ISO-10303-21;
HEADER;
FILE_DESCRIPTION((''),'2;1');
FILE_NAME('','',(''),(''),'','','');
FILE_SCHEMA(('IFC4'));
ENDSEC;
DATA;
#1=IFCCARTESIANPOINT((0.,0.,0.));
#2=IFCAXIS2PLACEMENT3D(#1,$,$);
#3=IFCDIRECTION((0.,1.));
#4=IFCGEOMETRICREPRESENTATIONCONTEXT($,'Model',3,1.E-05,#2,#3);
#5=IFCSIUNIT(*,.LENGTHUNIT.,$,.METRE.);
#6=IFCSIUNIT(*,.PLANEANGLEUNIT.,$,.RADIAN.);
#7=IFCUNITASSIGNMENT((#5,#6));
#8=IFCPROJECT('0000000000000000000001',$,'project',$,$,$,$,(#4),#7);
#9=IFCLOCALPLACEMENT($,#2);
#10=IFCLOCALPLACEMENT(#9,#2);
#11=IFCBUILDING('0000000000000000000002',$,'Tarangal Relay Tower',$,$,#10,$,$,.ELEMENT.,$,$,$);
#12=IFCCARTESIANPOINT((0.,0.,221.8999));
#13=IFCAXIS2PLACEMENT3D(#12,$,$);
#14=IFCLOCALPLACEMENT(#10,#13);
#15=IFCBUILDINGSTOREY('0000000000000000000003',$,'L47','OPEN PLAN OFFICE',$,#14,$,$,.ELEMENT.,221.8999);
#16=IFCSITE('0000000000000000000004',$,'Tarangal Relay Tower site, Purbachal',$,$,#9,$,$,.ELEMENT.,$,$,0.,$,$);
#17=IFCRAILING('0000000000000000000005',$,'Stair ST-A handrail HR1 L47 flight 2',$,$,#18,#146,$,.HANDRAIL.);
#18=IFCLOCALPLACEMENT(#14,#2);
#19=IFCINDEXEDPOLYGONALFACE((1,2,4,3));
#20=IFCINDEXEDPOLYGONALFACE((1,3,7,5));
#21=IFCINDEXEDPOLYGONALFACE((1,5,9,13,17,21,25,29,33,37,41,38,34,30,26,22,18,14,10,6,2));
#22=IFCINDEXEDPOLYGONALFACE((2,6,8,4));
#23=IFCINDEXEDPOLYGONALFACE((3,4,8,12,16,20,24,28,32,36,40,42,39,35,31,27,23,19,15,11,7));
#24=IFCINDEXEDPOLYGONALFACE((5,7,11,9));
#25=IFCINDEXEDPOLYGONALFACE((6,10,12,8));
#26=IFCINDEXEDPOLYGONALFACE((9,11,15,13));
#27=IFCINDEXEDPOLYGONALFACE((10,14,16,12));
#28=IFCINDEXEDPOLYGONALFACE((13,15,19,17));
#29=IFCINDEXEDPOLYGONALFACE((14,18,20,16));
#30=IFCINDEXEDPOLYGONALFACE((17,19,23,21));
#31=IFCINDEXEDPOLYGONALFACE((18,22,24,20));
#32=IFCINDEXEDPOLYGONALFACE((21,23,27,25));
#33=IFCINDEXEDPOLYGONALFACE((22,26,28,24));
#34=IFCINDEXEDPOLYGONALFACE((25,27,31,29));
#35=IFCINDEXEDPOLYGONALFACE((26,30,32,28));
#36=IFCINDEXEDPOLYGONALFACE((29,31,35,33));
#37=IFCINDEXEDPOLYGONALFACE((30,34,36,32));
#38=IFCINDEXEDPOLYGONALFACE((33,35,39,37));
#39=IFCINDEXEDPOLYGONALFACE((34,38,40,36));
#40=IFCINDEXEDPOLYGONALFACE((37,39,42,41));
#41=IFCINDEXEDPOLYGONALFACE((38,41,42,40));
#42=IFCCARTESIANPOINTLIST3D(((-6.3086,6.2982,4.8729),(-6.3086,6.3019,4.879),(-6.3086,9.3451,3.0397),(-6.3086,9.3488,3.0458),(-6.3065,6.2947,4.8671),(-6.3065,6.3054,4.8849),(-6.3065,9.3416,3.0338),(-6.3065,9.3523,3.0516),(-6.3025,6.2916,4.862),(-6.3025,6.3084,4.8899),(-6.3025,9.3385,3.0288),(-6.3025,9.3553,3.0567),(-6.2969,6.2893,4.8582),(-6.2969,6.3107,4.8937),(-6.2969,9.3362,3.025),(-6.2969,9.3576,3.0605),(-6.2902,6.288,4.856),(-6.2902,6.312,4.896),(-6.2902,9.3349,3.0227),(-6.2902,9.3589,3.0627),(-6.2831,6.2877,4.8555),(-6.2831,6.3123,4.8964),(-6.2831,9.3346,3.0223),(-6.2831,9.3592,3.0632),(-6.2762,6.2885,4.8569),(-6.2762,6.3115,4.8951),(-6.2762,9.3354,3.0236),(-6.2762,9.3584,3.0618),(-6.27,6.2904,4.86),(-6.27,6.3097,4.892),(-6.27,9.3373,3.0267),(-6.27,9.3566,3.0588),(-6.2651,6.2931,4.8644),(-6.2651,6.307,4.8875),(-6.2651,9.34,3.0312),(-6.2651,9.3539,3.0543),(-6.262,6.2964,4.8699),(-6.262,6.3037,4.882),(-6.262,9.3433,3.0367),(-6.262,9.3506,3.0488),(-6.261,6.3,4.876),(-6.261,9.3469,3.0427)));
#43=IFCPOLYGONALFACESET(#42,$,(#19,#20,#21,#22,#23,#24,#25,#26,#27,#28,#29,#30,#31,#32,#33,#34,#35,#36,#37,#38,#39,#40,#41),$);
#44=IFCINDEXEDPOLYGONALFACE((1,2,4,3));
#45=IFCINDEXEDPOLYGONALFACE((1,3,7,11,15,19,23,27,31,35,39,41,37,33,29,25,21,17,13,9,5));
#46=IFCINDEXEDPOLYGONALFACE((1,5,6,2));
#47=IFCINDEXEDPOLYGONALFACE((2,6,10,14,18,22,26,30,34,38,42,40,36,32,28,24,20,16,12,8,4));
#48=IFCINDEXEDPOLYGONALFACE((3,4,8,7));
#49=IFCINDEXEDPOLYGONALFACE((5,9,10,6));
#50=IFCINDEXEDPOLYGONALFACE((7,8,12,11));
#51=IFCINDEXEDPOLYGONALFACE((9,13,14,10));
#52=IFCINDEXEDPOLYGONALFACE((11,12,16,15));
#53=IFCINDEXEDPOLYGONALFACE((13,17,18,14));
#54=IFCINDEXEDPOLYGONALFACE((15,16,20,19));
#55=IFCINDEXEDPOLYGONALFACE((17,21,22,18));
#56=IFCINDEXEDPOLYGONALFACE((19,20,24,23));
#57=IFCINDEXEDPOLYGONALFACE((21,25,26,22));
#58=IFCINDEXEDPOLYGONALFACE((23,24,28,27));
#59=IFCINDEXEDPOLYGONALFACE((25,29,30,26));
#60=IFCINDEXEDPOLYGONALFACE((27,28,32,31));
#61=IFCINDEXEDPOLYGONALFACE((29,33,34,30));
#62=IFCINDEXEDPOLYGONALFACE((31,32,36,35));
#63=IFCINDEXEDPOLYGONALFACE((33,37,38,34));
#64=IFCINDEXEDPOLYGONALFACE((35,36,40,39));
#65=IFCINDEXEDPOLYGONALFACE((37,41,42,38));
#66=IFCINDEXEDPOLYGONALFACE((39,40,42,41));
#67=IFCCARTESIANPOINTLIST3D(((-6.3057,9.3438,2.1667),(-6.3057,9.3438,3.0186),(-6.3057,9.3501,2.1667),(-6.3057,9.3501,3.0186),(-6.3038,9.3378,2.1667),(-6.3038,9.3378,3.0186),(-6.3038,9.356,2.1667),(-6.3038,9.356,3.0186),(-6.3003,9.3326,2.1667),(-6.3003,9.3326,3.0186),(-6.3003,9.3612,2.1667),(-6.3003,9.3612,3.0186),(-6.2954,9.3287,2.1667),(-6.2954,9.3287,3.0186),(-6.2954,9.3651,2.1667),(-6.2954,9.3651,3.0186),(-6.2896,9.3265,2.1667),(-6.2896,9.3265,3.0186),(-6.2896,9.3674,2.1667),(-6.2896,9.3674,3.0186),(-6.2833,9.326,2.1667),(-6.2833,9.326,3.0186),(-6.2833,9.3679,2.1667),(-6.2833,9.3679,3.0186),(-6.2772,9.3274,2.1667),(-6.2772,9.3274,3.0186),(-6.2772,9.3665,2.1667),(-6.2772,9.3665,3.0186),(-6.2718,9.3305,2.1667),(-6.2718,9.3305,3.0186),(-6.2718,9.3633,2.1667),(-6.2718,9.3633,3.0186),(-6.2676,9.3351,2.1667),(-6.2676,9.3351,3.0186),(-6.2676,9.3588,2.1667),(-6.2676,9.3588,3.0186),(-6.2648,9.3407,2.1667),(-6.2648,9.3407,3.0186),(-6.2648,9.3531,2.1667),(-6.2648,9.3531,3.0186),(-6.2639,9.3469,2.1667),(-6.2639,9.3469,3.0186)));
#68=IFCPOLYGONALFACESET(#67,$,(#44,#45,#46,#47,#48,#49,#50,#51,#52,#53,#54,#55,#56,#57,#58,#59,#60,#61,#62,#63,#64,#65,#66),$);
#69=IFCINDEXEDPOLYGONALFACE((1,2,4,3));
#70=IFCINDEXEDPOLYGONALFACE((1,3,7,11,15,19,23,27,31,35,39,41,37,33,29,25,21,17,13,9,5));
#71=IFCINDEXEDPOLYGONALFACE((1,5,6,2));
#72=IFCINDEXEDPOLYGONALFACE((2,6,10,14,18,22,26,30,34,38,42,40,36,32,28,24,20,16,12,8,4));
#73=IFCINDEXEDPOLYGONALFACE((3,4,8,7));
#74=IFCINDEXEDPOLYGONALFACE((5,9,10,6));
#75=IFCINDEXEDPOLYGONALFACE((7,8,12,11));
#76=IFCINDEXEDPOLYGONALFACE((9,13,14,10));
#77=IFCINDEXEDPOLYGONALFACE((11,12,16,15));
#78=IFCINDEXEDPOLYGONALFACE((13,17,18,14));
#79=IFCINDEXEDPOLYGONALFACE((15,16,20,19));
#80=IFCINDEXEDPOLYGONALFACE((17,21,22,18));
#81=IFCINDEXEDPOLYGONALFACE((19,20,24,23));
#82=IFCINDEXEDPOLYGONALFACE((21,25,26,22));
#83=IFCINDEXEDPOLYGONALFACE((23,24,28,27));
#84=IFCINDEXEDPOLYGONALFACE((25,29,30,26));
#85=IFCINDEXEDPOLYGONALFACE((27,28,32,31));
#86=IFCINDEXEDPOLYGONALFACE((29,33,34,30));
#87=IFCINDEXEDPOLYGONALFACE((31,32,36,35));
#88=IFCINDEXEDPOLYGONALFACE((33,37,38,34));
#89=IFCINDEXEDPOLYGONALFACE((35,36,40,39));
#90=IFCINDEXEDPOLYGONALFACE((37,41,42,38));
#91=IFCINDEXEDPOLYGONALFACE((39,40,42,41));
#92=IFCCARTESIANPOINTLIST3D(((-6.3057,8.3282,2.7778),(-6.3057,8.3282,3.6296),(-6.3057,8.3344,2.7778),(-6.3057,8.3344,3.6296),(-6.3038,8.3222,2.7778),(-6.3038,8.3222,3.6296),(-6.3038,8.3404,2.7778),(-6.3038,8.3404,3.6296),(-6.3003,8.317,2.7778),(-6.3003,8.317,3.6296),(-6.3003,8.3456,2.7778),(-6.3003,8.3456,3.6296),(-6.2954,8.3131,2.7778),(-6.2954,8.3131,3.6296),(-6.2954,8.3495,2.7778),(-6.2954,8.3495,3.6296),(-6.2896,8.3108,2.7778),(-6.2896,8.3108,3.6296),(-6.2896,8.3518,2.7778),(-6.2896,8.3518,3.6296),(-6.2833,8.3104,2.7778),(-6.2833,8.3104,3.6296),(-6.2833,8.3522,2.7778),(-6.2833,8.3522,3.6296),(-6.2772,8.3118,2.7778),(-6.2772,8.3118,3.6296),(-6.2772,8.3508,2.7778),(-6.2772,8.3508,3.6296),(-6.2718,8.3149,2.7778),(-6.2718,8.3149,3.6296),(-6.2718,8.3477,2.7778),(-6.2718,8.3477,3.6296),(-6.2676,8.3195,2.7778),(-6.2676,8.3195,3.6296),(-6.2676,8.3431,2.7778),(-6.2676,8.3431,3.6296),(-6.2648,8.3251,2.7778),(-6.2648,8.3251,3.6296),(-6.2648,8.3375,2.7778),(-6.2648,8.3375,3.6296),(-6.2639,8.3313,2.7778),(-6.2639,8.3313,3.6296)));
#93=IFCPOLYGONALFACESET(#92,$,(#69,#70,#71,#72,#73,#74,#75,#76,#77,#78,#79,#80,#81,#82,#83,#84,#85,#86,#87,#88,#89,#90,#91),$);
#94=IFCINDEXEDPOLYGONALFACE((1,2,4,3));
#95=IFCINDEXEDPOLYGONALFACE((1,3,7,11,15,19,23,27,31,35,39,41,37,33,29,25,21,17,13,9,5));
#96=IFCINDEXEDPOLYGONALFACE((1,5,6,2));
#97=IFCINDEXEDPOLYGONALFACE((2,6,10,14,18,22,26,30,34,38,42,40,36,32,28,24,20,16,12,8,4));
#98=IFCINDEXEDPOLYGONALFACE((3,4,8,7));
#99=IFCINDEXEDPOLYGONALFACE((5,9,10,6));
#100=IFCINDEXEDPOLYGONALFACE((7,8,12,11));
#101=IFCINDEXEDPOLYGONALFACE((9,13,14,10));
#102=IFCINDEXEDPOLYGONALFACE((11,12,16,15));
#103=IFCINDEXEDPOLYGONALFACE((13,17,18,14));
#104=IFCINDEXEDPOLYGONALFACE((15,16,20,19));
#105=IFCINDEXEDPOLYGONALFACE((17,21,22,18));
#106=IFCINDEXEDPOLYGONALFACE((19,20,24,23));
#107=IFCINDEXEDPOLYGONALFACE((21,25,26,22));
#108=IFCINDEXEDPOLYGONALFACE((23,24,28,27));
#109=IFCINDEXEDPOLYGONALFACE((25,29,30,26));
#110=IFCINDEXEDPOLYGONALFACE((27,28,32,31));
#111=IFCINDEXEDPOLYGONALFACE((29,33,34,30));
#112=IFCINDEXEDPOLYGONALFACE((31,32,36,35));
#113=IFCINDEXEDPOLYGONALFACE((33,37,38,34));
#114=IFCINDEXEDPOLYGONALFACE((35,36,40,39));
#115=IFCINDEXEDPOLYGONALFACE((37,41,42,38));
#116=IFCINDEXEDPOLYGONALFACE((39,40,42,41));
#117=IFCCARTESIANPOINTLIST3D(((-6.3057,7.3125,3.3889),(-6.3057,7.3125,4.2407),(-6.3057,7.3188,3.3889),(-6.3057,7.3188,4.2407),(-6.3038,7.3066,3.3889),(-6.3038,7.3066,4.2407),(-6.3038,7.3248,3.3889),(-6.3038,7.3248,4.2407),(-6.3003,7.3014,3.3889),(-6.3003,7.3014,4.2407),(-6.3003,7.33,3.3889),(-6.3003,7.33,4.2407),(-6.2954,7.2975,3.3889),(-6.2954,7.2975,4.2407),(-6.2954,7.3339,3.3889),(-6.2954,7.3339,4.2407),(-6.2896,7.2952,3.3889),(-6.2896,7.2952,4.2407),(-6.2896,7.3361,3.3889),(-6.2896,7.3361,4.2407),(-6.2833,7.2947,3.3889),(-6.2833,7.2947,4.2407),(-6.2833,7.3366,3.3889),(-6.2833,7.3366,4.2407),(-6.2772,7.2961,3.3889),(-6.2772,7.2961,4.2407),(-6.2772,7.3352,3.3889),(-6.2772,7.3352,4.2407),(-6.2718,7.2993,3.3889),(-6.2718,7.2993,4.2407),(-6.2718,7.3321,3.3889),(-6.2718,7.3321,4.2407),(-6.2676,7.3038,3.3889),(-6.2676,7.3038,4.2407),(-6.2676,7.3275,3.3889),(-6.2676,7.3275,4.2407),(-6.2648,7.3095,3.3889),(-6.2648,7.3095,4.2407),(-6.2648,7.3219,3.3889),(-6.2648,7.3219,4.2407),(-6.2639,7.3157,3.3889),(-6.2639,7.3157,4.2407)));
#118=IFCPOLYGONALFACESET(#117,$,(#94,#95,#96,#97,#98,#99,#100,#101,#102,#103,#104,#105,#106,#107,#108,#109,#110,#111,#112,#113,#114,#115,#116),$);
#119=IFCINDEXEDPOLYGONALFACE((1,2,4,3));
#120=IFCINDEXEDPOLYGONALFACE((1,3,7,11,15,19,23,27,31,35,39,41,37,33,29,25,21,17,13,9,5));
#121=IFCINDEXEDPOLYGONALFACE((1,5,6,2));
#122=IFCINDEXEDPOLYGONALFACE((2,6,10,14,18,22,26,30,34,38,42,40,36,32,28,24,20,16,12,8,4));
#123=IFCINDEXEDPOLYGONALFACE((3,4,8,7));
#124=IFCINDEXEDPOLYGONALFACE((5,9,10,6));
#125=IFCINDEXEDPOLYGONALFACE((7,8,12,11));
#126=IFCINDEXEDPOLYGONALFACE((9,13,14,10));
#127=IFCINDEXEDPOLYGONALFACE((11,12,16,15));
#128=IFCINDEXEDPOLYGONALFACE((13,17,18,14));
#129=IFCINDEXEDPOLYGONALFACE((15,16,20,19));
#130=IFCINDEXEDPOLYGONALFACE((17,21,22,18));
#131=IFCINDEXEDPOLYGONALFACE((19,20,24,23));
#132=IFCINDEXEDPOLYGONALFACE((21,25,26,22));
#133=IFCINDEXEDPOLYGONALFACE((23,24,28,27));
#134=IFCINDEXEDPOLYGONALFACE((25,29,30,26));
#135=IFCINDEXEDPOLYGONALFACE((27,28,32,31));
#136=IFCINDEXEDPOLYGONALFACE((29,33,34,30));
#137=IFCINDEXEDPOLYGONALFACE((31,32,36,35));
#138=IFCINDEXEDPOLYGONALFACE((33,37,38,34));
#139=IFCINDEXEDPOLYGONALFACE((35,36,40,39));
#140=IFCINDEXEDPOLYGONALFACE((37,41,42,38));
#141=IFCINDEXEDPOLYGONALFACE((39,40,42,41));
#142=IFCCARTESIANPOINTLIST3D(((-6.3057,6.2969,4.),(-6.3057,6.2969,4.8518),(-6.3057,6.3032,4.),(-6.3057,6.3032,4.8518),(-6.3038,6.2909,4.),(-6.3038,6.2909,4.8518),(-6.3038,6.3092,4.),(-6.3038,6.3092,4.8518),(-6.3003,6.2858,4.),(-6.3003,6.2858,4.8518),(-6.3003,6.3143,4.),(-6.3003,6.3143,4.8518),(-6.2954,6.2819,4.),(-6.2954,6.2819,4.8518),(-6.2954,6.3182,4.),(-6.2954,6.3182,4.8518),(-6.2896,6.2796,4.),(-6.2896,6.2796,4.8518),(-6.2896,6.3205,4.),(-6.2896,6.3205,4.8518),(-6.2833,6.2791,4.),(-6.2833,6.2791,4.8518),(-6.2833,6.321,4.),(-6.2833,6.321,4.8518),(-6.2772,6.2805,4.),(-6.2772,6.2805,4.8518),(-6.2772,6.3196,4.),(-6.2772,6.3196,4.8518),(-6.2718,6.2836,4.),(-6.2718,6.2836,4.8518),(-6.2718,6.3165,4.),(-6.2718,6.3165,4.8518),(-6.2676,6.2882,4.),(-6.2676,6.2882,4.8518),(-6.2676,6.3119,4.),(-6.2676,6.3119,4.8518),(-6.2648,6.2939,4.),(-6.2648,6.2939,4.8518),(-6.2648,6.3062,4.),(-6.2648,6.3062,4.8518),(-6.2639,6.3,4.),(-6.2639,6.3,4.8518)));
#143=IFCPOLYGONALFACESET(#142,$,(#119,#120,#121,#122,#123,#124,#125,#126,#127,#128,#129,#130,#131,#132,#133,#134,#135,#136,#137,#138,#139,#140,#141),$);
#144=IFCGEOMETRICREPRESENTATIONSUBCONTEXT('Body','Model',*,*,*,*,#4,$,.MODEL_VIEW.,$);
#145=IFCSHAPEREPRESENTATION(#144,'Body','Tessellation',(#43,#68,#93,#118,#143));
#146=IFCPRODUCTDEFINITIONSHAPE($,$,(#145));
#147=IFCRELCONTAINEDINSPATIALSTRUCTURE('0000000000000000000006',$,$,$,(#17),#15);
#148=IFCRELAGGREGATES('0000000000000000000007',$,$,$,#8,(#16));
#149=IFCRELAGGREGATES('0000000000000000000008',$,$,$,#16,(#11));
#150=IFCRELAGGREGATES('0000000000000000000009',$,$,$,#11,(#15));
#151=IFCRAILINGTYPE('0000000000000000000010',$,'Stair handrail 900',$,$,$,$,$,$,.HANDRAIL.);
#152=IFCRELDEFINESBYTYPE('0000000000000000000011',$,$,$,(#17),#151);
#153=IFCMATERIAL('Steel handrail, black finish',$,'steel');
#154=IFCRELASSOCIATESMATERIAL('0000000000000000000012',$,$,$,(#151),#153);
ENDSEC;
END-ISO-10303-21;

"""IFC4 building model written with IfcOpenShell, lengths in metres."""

from ifc_helpers import new_model, si_unit, direction, frame, origin, origin_2d, place, context, subcontext, project, spatial, circle, extrude, material, type_object, element, save


model = new_model("IFC4")

# Units and contexts
model_context = context("Model", 3, precision=1e-05, world=origin(), true_north=direction((0.0, 1.0)))
body_context = subcontext(model_context, "Body", "Model", "MODEL_VIEW")
ifc_project = project(units=[si_unit("LENGTHUNIT", "METRE"), si_unit("PLANEANGLEUNIT", "RADIAN")], contexts=[model_context])

# Site, building, storey
site_placement = place(None, origin())
site = spatial("IfcSite", under=ifc_project, at=site_placement, Name="Tarangal Relay Tower site, Purbachal", CompositionType="ELEMENT", RefElevation=0.0)
building_placement = place(site_placement, origin())
building = spatial("IfcBuilding", under=site, at=building_placement, Name="Tarangal Relay Tower", CompositionType="ELEMENT")
storey_placement = place(building_placement, frame((0.0, 0.0, 221.8999)))
storey = spatial("IfcBuildingStorey", under=building, at=storey_placement, Name="L47", Description="OPEN PLAN OFFICE", CompositionType="ELEMENT", Elevation=221.8999)

# Railing
ifc_material_1 = material(Name="Steel handrail, black finish", Category="steel")
railing_type_1 = type_object("IfcRailingType", Name="Stair handrail 900", PredefinedType="HANDRAIL", material=ifc_material_1)
railing_1_placement = place(storey_placement, frame((-6.2849, 9.3469, 2.1667)))
element("IfcRailing", 1, at=railing_1_placement, inside=storey, type_object=railing_type_1, Name="Stair ST-A handrail HR1 L47 flight 2", PredefinedType="HANDRAIL", context=body_context, shape_type="SweptSolid", body=[
    extrude(circle(Radius=0.0239, at=origin_2d()), frame((0.0, 0.0, 0.876), z_axis=(0.0, -0.856856, 0.515556), x_axis=(1.0, 0.0, 0.0)), (0.0, 0.0, 1.0), 3.5559),
    extrude(circle(Radius=0.021, at=origin_2d()), origin(), (0.0, 0.0, 1.0), 0.8518),
    extrude(circle(Radius=0.021, at=origin_2d()), frame((0.0, -1.0156, 0.6111)), (0.0, 0.0, 1.0), 0.8518),
    extrude(circle(Radius=0.021, at=origin_2d()), frame((0.0, -2.0312, 1.2222)), (0.0, 0.0, 1.0), 0.8518),
    extrude(circle(Radius=0.021, at=origin_2d()), frame((0.0, -3.0469, 1.8333)), (0.0, 0.0, 1.0), 0.8518),
])

save(model, "model.ifc")
